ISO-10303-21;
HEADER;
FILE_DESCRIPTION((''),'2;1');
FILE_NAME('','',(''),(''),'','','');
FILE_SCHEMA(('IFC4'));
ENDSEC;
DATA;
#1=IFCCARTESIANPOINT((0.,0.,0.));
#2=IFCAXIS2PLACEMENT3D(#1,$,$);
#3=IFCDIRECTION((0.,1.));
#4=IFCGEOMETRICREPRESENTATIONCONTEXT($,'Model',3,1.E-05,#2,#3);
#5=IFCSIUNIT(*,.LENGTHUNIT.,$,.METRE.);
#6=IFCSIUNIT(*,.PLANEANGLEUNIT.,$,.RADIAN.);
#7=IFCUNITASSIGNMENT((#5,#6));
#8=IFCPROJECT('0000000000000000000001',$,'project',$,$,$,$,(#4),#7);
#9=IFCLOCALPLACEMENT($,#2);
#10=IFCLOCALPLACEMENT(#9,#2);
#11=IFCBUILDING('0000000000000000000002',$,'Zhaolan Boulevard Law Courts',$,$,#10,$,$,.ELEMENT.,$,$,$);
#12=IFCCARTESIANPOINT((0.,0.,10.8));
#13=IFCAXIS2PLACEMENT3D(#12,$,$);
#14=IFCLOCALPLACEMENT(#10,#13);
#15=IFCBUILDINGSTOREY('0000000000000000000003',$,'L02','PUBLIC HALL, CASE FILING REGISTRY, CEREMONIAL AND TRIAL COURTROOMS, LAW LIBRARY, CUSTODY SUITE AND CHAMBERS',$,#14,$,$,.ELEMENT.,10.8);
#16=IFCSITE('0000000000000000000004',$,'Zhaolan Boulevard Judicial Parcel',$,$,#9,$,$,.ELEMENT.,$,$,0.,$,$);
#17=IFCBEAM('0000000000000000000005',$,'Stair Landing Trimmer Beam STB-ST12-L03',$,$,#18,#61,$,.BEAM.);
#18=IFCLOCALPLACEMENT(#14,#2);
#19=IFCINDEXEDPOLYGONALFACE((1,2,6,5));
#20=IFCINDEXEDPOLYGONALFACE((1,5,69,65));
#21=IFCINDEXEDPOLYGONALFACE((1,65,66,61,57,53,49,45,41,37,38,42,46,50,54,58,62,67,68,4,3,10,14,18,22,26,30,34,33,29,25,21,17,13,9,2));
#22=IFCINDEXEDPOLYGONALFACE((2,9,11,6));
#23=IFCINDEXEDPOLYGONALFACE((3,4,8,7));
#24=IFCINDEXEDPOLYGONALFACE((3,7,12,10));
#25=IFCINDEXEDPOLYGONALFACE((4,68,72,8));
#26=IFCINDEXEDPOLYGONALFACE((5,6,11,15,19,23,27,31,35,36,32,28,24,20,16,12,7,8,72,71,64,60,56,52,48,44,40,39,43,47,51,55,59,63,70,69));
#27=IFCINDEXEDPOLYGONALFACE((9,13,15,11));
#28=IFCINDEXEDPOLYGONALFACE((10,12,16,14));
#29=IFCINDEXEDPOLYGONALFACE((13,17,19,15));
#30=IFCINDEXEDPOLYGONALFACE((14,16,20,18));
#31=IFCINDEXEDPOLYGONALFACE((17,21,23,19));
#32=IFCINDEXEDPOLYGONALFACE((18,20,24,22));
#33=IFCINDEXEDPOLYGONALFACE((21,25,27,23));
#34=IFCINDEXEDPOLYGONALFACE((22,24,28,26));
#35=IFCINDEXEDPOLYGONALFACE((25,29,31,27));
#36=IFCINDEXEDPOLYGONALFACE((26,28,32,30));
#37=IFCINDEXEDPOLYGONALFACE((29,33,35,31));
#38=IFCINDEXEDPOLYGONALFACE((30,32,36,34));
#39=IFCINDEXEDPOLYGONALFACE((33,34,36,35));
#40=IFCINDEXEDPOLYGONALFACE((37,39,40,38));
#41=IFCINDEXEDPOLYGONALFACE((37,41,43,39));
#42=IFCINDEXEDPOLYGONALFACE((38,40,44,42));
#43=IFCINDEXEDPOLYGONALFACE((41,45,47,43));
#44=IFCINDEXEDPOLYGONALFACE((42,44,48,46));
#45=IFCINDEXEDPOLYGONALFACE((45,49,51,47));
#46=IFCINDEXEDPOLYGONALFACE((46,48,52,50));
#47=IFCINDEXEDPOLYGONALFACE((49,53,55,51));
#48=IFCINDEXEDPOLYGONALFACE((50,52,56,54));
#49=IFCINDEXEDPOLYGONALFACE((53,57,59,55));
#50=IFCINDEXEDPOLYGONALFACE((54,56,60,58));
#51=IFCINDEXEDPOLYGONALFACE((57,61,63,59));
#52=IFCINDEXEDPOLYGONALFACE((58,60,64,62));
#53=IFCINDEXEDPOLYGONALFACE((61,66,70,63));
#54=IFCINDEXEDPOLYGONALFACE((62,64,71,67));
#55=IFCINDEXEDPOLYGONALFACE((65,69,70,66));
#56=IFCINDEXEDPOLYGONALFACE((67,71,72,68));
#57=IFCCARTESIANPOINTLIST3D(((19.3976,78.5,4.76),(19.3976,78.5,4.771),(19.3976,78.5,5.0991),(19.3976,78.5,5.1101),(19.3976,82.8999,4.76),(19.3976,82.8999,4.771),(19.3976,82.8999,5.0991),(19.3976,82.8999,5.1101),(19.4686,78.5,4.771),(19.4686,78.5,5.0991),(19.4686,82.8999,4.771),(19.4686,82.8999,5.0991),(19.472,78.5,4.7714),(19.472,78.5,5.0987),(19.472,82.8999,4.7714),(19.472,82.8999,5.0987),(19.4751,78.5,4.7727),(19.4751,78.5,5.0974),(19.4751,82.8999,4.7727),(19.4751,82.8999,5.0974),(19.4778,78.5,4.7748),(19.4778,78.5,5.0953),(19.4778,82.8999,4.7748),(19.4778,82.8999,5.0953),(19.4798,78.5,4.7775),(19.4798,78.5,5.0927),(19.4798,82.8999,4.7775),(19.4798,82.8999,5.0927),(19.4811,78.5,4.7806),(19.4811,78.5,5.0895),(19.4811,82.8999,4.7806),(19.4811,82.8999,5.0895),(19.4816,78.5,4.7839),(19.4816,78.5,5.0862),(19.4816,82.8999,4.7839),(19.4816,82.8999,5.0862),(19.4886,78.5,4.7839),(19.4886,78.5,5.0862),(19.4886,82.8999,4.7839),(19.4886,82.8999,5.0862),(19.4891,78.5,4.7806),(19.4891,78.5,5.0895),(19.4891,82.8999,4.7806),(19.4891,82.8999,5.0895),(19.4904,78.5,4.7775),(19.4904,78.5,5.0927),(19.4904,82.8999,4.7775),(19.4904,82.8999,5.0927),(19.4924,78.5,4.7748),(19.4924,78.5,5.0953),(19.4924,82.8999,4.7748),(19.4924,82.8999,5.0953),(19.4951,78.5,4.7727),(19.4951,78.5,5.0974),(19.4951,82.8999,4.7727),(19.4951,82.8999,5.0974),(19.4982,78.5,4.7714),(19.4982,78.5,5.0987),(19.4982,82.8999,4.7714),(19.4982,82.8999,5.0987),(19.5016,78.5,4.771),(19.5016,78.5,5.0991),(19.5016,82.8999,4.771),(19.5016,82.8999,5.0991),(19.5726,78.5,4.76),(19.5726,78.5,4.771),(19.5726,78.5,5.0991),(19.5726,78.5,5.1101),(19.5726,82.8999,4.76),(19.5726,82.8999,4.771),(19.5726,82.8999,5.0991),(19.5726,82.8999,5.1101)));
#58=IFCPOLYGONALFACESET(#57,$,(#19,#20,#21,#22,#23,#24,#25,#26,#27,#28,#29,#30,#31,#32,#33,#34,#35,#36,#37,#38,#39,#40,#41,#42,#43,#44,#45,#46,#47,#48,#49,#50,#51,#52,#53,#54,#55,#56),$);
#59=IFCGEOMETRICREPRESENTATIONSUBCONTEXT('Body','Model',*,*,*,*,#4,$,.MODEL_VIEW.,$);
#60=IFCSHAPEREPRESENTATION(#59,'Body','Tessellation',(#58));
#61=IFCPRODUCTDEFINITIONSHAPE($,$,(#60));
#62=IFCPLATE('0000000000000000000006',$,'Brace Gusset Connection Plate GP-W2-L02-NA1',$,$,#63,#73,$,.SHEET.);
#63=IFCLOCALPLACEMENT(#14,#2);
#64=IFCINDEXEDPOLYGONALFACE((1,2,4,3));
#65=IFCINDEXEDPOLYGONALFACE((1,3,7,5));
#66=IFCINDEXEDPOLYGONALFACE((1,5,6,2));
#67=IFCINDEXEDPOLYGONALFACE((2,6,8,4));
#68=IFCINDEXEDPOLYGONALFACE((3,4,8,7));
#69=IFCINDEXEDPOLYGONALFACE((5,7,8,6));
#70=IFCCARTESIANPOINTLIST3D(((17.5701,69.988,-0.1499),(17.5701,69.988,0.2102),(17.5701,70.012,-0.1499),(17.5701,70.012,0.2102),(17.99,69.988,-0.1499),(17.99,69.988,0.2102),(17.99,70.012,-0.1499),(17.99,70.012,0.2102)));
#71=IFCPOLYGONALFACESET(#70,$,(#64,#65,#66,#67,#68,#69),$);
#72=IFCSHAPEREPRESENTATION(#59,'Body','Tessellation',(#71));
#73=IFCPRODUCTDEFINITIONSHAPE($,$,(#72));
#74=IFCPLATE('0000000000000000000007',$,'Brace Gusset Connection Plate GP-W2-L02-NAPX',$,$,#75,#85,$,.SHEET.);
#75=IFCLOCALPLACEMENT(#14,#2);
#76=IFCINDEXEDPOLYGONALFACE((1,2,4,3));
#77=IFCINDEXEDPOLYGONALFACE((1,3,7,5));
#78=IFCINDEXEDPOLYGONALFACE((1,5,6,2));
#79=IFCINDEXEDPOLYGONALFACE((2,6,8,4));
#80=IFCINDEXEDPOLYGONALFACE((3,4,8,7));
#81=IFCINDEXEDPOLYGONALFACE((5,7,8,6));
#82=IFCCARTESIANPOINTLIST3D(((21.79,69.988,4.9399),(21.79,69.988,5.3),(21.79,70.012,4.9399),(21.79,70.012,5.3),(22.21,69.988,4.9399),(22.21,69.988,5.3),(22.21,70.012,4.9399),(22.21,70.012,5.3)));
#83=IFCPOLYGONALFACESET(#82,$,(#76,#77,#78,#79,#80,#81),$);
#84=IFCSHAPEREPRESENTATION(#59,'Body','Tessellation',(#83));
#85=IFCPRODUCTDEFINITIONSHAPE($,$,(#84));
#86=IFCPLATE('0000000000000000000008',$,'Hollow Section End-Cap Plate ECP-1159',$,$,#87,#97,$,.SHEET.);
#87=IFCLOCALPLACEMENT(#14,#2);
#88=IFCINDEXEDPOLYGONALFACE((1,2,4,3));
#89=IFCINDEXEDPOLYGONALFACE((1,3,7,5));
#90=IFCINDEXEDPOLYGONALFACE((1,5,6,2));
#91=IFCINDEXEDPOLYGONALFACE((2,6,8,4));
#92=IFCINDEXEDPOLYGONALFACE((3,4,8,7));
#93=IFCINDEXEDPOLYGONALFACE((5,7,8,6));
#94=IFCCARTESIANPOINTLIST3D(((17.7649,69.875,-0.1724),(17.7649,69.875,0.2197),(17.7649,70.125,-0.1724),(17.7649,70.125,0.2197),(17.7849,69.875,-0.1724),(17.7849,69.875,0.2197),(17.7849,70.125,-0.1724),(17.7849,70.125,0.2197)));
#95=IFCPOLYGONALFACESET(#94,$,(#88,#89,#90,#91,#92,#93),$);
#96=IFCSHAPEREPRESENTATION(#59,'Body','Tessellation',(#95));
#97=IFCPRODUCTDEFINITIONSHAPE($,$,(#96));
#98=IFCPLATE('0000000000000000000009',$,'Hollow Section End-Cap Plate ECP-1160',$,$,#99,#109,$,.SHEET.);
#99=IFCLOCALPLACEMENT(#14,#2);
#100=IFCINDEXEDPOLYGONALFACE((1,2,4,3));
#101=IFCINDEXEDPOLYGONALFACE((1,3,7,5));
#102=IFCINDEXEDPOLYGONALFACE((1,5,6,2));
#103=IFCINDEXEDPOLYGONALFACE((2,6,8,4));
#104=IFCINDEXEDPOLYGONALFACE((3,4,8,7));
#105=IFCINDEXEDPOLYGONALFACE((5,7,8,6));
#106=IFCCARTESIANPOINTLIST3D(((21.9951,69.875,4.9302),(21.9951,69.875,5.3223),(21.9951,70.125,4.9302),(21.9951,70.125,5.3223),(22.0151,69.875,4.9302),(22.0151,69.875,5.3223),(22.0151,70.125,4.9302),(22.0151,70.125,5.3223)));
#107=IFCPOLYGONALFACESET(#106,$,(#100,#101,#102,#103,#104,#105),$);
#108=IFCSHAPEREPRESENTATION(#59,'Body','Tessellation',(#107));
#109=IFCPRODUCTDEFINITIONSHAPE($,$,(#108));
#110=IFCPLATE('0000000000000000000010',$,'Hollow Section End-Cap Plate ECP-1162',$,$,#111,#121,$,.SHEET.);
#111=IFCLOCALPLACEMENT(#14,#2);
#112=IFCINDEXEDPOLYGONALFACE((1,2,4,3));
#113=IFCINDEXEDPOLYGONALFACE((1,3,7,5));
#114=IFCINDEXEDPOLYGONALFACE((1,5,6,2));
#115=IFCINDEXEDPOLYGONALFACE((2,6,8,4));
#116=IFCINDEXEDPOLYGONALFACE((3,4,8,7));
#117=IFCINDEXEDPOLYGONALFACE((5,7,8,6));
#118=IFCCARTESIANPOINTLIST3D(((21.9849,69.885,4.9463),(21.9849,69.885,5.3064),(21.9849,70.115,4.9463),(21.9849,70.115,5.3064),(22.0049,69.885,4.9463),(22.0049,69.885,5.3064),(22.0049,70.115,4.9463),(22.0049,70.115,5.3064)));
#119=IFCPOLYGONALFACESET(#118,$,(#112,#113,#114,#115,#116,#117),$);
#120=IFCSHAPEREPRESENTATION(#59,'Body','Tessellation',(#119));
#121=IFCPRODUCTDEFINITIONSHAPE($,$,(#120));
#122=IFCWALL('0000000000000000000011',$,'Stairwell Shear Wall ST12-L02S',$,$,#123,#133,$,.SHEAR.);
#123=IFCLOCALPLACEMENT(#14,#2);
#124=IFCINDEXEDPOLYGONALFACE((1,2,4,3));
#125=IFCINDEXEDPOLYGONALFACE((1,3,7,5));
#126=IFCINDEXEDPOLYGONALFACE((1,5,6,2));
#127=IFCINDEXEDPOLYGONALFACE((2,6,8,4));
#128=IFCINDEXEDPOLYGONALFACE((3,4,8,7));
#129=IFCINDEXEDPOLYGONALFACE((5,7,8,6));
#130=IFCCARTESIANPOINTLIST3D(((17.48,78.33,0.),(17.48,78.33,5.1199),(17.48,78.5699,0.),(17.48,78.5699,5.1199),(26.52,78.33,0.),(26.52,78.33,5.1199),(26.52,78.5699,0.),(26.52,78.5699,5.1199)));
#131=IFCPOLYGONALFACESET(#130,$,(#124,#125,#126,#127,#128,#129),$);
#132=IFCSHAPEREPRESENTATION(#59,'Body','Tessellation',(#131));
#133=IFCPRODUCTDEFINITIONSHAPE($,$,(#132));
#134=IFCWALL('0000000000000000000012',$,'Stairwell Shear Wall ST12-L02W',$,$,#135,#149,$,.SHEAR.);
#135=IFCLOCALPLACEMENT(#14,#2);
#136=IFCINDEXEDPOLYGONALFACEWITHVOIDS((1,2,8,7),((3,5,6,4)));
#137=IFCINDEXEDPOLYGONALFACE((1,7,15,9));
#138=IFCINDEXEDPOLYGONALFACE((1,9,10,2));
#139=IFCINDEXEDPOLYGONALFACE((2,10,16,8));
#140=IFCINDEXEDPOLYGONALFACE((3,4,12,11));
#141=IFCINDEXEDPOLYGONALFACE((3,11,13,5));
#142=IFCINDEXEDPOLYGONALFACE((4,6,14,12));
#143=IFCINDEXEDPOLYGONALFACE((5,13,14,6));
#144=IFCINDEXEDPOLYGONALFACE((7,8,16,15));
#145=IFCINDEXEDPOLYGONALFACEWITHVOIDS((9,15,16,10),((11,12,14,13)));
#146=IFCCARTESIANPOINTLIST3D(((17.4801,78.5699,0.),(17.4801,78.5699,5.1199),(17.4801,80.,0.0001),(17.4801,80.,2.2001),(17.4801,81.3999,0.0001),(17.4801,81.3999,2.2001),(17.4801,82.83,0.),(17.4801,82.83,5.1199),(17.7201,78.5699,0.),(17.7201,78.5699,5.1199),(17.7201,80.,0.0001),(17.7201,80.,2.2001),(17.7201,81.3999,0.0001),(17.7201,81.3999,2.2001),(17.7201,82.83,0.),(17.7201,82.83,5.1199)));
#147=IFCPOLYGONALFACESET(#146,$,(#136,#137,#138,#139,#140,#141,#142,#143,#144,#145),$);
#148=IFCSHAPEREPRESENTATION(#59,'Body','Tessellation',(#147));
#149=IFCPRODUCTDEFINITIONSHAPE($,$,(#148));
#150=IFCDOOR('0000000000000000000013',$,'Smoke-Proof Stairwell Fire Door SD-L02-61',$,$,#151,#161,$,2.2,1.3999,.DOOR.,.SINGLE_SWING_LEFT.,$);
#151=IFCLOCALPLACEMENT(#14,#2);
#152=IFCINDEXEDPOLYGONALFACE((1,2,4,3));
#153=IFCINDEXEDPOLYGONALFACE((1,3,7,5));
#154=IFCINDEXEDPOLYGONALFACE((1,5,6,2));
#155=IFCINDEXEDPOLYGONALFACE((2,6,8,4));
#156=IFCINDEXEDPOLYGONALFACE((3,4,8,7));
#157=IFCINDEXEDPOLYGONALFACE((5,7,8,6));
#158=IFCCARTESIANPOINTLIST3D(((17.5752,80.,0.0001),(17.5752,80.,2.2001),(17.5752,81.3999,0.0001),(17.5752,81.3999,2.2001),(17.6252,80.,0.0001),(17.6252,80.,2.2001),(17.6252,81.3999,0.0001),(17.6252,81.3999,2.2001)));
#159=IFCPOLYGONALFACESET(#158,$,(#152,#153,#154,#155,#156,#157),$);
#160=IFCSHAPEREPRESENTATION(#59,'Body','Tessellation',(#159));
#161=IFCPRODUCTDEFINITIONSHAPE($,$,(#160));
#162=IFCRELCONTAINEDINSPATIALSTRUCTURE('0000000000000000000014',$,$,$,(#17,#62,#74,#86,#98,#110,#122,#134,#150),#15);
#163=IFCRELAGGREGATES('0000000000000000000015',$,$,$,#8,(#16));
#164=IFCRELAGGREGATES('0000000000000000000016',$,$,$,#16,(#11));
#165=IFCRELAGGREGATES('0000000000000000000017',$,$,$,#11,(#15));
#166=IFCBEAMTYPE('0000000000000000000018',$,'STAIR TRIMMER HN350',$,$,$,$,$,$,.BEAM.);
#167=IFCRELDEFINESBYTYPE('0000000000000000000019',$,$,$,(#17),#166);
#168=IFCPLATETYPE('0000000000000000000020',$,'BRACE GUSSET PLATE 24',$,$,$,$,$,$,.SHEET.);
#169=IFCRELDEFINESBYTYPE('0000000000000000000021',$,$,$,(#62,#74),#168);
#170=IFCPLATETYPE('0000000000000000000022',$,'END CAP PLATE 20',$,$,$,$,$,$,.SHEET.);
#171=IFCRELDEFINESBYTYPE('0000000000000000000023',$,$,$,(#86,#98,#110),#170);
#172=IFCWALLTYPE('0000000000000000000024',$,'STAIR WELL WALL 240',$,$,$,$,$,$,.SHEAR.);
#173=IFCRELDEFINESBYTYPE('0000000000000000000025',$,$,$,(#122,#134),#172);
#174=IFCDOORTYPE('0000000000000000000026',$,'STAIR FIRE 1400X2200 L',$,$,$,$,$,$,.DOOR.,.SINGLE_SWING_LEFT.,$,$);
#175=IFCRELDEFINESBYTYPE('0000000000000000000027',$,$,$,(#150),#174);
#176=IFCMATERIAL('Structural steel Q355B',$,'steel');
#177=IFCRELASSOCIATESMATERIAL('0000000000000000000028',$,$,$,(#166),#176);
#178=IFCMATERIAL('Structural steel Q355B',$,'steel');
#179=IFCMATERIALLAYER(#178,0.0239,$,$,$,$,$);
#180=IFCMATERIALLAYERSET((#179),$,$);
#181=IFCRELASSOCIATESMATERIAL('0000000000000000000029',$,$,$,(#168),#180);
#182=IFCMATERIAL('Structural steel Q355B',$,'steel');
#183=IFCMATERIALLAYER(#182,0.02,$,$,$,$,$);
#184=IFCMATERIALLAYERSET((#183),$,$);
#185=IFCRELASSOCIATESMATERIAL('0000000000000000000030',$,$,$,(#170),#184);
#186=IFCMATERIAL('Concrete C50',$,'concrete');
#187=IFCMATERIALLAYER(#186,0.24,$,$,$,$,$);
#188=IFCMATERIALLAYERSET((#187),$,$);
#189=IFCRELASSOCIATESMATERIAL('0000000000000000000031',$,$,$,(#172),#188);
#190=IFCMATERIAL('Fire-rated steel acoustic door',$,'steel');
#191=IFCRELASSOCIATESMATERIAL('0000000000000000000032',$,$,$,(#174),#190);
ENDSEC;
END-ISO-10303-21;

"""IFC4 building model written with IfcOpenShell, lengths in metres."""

from ifc_helpers import new_model, si_unit, direction, frame, frame_2d, origin, origin_2d, place, context, subcontext, project, spatial, rectangle, i_section, extrude, material, layer, layer_set, material_profile, profile_set, type_object, element, fill, save


model = new_model("IFC4")

# Units and contexts
model_context = context("Model", 3, precision=1e-05, world=origin(), true_north=direction((0.0, 1.0)))
body_context = subcontext(model_context, "Body", "Model", "MODEL_VIEW")
ifc_project = project(units=[si_unit("LENGTHUNIT", "METRE"), si_unit("PLANEANGLEUNIT", "RADIAN")], contexts=[model_context])

# Site, building, storey
site_placement = place(None, origin())
site = spatial("IfcSite", under=ifc_project, at=site_placement, Name="Zhaolan Boulevard Judicial Parcel", CompositionType="ELEMENT", RefElevation=0.0)
building_placement = place(site_placement, origin())
building = spatial("IfcBuilding", under=site, at=building_placement, Name="Zhaolan Boulevard Law Courts", CompositionType="ELEMENT")
storey_placement = place(building_placement, frame((0.0, 0.0, 10.8)))
storey = spatial("IfcBuildingStorey", under=building, at=storey_placement, Name="L02", Description="PUBLIC HALL, CASE FILING REGISTRY, CEREMONIAL AND TRIAL COURTROOMS, LAW LIBRARY, CUSTODY SUITE AND CHAMBERS", CompositionType="ELEMENT", Elevation=10.8)

# Beam
ifc_material_1 = material(Name="Structural steel Q355B", Category="steel")
ifc_material_profile_1 = material_profile(ifc_material_1, i_section(OverallWidth=0.175, OverallDepth=0.3501, WebThickness=0.0071, FlangeThickness=0.011, FilletRadius=0.0129, at=origin_2d()), Name="HN350x175")
ifc_profile_set_1 = profile_set([ifc_material_profile_1], Name="Structural steel Q355B")
beam_type_1 = type_object("IfcBeamType", Name="STAIR TRIMMER HN350", PredefinedType="BEAM", material=ifc_profile_set_1)
beam_1_placement = place(storey_placement, frame((19.4851, 78.5, 4.9351), z_axis=(0.0, 1.0, 0.0), x_axis=(-1.0, 0.0, 0.0)))
element("IfcBeam", 1, at=beam_1_placement, inside=storey, type_object=beam_type_1, Name="Stair Landing Trimmer Beam STB-ST12-L03", PredefinedType="BEAM", context=body_context, shape_type="SweptSolid", body=[
    extrude(i_section(OverallWidth=0.175, OverallDepth=0.3501, WebThickness=0.0071, FlangeThickness=0.011, FilletRadius=0.0129, at=origin_2d()), origin(), (0.0, 0.0, 1.0), 4.3999),
])

# Plates
ifc_material_2 = material(Name="Structural steel Q355B", Category="steel")
ifc_layer_1 = layer(ifc_material_2, 0.0239)
ifc_layer_set_1 = layer_set([ifc_layer_1])
plate_type_1 = type_object("IfcPlateType", Name="BRACE GUSSET PLATE 24", PredefinedType="SHEET", material=ifc_layer_set_1)
for number, where, z_axis, x_axis, name in (
    (2, (17.78, 70.0, -0.1499), (0.0, 0.0, 1.0), (1.0, 0.0, 0.0), "Brace Gusset Connection Plate GP-W2-L02-NA1"),
    (3, (22.0, 70.0, 4.9399), (0.0, 0.0, 1.0), (1.0, 0.0, 0.0), "Brace Gusset Connection Plate GP-W2-L02-NAPX"),
):
    element("IfcPlate", number, at=place(storey_placement, frame(where, z_axis=z_axis, x_axis=x_axis)), inside=storey, type_object=plate_type_1, Name=name, PredefinedType="SHEET", context=body_context, shape_type="SweptSolid", body=[
        extrude(rectangle(XDim=0.4199, YDim=0.0239, at=origin_2d()), origin(), (0.0, 0.0, 1.0), 0.3601),
    ])
ifc_material_3 = material(Name="Structural steel Q355B", Category="steel")
ifc_layer_2 = layer(ifc_material_3, 0.02)
ifc_layer_set_2 = layer_set([ifc_layer_2])
plate_type_2 = type_object("IfcPlateType", Name="END CAP PLATE 20", PredefinedType="SHEET", material=ifc_layer_set_2)
for number, where, z_axis, x_axis, name in (
    (4, (17.7749, 70.0, -0.1724), (0.0, 0.0, 1.0), (1.0, 0.0, 0.0), "Hollow Section End-Cap Plate ECP-1159"),
    (5, (22.0051, 70.0, 4.9302), (0.0, 0.0, 1.0), (1.0, 0.0, 0.0), "Hollow Section End-Cap Plate ECP-1160"),
):
    element("IfcPlate", number, at=place(storey_placement, frame(where, z_axis=z_axis, x_axis=x_axis)), inside=storey, type_object=plate_type_2, Name=name, PredefinedType="SHEET", context=body_context, shape_type="SweptSolid", body=[
        extrude(rectangle(XDim=0.02, YDim=0.25, at=origin_2d()), origin(), (0.0, 0.0, 1.0), 0.3921),
    ])
plate_placement = place(storey_placement, frame((21.9949, 70.0, 4.9463), z_axis=(0.0, 0.0, 1.0), x_axis=(-1.0, 0.0, 0.0)))
element("IfcPlate", 6, at=plate_placement, inside=storey, type_object=plate_type_2, Name="Hollow Section End-Cap Plate ECP-1162", PredefinedType="SHEET", context=body_context, shape_type="SweptSolid", body=[
    extrude(rectangle(XDim=0.02, YDim=0.23, at=origin_2d()), origin(), (0.0, 0.0, 1.0), 0.3601),
])

# Wall
ifc_material_4 = material(Name="Concrete C50", Category="concrete")
ifc_layer_3 = layer(ifc_material_4, 0.24)
ifc_layer_set_3 = layer_set([ifc_layer_3])
wall_type = type_object("IfcWallType", Name="STAIR WELL WALL 240", PredefinedType="SHEAR", material=ifc_layer_set_3)
wall_1_placement = place(storey_placement, frame((17.48, 78.45, 0.0), z_axis=(0.0, 0.0, 1.0), x_axis=(1.0, 0.0, 0.0)))
element("IfcWall", 7, at=wall_1_placement, inside=storey, type_object=wall_type, Name="Stairwell Shear Wall ST12-L02S", PredefinedType="SHEAR", context=body_context, shape_type="SweptSolid", body=[
    extrude(rectangle(XDim=9.04, YDim=0.24, at=frame_2d((4.52, 0.0))), origin(), (0.0, 0.0, 1.0), 5.1199),
])

# Wall, opening, door
wall_2_placement = place(storey_placement, frame((17.6001, 78.5701, 0.0), z_axis=(0.0, 0.0, 1.0), x_axis=(0.0, 1.0, 0.0)))
wall_2 = element("IfcWall", 8, at=wall_2_placement, inside=storey, type_object=wall_type, Name="Stairwell Shear Wall ST12-L02W", PredefinedType="SHEAR", context=body_context, shape_type="SweptSolid", body=[
    extrude(rectangle(XDim=4.26, YDim=0.24, at=frame_2d((2.1299, 0.0))), origin(), (0.0, 0.0, 1.0), 5.1199),
])
opening_placement = place(wall_2_placement, frame((1.4299, 0.0, 0.0)))
opening = element("IfcOpeningElement", 9, at=opening_placement, cuts=wall_2, PredefinedType="OPENING", context=body_context, shape_type="SweptSolid", body=[
    extrude(rectangle(XDim=1.3999, YDim=2.2, at=frame_2d((0.7, 1.1001))), frame((0.0, 0.1299, 0.0), z_axis=(0.0, -1.0, 0.0), x_axis=(1.0, 0.0, 0.0)), (0.0, 0.0, 1.0), 0.26),
])
ifc_material_5 = material(Name="Fire-rated steel acoustic door", Category="steel")
door_type = type_object("IfcDoorType", Name="STAIR FIRE 1400X2200 L", OperationType="SINGLE_SWING_LEFT", PredefinedType="DOOR", material=ifc_material_5)
door_placement = place(opening_placement, origin())
door = element("IfcDoor", 10, at=door_placement, inside=storey, type_object=door_type, Name="Smoke-Proof Stairwell Fire Door SD-L02-61", OperationType="SINGLE_SWING_LEFT", OverallHeight=2.2, OverallWidth=1.3999, PredefinedType="DOOR", context=body_context, shape_type="SweptSolid", body=[
    extrude(rectangle(XDim=1.3999, YDim=2.2, at=frame_2d((0.7, 1.1001))), frame((0.0, 0.0249, 0.0), z_axis=(0.0, -1.0, 0.0), x_axis=(1.0, 0.0, 0.0)), (0.0, 0.0, 1.0), 0.05),
])
fill(opening, door)

save(model, "model.ifc")
